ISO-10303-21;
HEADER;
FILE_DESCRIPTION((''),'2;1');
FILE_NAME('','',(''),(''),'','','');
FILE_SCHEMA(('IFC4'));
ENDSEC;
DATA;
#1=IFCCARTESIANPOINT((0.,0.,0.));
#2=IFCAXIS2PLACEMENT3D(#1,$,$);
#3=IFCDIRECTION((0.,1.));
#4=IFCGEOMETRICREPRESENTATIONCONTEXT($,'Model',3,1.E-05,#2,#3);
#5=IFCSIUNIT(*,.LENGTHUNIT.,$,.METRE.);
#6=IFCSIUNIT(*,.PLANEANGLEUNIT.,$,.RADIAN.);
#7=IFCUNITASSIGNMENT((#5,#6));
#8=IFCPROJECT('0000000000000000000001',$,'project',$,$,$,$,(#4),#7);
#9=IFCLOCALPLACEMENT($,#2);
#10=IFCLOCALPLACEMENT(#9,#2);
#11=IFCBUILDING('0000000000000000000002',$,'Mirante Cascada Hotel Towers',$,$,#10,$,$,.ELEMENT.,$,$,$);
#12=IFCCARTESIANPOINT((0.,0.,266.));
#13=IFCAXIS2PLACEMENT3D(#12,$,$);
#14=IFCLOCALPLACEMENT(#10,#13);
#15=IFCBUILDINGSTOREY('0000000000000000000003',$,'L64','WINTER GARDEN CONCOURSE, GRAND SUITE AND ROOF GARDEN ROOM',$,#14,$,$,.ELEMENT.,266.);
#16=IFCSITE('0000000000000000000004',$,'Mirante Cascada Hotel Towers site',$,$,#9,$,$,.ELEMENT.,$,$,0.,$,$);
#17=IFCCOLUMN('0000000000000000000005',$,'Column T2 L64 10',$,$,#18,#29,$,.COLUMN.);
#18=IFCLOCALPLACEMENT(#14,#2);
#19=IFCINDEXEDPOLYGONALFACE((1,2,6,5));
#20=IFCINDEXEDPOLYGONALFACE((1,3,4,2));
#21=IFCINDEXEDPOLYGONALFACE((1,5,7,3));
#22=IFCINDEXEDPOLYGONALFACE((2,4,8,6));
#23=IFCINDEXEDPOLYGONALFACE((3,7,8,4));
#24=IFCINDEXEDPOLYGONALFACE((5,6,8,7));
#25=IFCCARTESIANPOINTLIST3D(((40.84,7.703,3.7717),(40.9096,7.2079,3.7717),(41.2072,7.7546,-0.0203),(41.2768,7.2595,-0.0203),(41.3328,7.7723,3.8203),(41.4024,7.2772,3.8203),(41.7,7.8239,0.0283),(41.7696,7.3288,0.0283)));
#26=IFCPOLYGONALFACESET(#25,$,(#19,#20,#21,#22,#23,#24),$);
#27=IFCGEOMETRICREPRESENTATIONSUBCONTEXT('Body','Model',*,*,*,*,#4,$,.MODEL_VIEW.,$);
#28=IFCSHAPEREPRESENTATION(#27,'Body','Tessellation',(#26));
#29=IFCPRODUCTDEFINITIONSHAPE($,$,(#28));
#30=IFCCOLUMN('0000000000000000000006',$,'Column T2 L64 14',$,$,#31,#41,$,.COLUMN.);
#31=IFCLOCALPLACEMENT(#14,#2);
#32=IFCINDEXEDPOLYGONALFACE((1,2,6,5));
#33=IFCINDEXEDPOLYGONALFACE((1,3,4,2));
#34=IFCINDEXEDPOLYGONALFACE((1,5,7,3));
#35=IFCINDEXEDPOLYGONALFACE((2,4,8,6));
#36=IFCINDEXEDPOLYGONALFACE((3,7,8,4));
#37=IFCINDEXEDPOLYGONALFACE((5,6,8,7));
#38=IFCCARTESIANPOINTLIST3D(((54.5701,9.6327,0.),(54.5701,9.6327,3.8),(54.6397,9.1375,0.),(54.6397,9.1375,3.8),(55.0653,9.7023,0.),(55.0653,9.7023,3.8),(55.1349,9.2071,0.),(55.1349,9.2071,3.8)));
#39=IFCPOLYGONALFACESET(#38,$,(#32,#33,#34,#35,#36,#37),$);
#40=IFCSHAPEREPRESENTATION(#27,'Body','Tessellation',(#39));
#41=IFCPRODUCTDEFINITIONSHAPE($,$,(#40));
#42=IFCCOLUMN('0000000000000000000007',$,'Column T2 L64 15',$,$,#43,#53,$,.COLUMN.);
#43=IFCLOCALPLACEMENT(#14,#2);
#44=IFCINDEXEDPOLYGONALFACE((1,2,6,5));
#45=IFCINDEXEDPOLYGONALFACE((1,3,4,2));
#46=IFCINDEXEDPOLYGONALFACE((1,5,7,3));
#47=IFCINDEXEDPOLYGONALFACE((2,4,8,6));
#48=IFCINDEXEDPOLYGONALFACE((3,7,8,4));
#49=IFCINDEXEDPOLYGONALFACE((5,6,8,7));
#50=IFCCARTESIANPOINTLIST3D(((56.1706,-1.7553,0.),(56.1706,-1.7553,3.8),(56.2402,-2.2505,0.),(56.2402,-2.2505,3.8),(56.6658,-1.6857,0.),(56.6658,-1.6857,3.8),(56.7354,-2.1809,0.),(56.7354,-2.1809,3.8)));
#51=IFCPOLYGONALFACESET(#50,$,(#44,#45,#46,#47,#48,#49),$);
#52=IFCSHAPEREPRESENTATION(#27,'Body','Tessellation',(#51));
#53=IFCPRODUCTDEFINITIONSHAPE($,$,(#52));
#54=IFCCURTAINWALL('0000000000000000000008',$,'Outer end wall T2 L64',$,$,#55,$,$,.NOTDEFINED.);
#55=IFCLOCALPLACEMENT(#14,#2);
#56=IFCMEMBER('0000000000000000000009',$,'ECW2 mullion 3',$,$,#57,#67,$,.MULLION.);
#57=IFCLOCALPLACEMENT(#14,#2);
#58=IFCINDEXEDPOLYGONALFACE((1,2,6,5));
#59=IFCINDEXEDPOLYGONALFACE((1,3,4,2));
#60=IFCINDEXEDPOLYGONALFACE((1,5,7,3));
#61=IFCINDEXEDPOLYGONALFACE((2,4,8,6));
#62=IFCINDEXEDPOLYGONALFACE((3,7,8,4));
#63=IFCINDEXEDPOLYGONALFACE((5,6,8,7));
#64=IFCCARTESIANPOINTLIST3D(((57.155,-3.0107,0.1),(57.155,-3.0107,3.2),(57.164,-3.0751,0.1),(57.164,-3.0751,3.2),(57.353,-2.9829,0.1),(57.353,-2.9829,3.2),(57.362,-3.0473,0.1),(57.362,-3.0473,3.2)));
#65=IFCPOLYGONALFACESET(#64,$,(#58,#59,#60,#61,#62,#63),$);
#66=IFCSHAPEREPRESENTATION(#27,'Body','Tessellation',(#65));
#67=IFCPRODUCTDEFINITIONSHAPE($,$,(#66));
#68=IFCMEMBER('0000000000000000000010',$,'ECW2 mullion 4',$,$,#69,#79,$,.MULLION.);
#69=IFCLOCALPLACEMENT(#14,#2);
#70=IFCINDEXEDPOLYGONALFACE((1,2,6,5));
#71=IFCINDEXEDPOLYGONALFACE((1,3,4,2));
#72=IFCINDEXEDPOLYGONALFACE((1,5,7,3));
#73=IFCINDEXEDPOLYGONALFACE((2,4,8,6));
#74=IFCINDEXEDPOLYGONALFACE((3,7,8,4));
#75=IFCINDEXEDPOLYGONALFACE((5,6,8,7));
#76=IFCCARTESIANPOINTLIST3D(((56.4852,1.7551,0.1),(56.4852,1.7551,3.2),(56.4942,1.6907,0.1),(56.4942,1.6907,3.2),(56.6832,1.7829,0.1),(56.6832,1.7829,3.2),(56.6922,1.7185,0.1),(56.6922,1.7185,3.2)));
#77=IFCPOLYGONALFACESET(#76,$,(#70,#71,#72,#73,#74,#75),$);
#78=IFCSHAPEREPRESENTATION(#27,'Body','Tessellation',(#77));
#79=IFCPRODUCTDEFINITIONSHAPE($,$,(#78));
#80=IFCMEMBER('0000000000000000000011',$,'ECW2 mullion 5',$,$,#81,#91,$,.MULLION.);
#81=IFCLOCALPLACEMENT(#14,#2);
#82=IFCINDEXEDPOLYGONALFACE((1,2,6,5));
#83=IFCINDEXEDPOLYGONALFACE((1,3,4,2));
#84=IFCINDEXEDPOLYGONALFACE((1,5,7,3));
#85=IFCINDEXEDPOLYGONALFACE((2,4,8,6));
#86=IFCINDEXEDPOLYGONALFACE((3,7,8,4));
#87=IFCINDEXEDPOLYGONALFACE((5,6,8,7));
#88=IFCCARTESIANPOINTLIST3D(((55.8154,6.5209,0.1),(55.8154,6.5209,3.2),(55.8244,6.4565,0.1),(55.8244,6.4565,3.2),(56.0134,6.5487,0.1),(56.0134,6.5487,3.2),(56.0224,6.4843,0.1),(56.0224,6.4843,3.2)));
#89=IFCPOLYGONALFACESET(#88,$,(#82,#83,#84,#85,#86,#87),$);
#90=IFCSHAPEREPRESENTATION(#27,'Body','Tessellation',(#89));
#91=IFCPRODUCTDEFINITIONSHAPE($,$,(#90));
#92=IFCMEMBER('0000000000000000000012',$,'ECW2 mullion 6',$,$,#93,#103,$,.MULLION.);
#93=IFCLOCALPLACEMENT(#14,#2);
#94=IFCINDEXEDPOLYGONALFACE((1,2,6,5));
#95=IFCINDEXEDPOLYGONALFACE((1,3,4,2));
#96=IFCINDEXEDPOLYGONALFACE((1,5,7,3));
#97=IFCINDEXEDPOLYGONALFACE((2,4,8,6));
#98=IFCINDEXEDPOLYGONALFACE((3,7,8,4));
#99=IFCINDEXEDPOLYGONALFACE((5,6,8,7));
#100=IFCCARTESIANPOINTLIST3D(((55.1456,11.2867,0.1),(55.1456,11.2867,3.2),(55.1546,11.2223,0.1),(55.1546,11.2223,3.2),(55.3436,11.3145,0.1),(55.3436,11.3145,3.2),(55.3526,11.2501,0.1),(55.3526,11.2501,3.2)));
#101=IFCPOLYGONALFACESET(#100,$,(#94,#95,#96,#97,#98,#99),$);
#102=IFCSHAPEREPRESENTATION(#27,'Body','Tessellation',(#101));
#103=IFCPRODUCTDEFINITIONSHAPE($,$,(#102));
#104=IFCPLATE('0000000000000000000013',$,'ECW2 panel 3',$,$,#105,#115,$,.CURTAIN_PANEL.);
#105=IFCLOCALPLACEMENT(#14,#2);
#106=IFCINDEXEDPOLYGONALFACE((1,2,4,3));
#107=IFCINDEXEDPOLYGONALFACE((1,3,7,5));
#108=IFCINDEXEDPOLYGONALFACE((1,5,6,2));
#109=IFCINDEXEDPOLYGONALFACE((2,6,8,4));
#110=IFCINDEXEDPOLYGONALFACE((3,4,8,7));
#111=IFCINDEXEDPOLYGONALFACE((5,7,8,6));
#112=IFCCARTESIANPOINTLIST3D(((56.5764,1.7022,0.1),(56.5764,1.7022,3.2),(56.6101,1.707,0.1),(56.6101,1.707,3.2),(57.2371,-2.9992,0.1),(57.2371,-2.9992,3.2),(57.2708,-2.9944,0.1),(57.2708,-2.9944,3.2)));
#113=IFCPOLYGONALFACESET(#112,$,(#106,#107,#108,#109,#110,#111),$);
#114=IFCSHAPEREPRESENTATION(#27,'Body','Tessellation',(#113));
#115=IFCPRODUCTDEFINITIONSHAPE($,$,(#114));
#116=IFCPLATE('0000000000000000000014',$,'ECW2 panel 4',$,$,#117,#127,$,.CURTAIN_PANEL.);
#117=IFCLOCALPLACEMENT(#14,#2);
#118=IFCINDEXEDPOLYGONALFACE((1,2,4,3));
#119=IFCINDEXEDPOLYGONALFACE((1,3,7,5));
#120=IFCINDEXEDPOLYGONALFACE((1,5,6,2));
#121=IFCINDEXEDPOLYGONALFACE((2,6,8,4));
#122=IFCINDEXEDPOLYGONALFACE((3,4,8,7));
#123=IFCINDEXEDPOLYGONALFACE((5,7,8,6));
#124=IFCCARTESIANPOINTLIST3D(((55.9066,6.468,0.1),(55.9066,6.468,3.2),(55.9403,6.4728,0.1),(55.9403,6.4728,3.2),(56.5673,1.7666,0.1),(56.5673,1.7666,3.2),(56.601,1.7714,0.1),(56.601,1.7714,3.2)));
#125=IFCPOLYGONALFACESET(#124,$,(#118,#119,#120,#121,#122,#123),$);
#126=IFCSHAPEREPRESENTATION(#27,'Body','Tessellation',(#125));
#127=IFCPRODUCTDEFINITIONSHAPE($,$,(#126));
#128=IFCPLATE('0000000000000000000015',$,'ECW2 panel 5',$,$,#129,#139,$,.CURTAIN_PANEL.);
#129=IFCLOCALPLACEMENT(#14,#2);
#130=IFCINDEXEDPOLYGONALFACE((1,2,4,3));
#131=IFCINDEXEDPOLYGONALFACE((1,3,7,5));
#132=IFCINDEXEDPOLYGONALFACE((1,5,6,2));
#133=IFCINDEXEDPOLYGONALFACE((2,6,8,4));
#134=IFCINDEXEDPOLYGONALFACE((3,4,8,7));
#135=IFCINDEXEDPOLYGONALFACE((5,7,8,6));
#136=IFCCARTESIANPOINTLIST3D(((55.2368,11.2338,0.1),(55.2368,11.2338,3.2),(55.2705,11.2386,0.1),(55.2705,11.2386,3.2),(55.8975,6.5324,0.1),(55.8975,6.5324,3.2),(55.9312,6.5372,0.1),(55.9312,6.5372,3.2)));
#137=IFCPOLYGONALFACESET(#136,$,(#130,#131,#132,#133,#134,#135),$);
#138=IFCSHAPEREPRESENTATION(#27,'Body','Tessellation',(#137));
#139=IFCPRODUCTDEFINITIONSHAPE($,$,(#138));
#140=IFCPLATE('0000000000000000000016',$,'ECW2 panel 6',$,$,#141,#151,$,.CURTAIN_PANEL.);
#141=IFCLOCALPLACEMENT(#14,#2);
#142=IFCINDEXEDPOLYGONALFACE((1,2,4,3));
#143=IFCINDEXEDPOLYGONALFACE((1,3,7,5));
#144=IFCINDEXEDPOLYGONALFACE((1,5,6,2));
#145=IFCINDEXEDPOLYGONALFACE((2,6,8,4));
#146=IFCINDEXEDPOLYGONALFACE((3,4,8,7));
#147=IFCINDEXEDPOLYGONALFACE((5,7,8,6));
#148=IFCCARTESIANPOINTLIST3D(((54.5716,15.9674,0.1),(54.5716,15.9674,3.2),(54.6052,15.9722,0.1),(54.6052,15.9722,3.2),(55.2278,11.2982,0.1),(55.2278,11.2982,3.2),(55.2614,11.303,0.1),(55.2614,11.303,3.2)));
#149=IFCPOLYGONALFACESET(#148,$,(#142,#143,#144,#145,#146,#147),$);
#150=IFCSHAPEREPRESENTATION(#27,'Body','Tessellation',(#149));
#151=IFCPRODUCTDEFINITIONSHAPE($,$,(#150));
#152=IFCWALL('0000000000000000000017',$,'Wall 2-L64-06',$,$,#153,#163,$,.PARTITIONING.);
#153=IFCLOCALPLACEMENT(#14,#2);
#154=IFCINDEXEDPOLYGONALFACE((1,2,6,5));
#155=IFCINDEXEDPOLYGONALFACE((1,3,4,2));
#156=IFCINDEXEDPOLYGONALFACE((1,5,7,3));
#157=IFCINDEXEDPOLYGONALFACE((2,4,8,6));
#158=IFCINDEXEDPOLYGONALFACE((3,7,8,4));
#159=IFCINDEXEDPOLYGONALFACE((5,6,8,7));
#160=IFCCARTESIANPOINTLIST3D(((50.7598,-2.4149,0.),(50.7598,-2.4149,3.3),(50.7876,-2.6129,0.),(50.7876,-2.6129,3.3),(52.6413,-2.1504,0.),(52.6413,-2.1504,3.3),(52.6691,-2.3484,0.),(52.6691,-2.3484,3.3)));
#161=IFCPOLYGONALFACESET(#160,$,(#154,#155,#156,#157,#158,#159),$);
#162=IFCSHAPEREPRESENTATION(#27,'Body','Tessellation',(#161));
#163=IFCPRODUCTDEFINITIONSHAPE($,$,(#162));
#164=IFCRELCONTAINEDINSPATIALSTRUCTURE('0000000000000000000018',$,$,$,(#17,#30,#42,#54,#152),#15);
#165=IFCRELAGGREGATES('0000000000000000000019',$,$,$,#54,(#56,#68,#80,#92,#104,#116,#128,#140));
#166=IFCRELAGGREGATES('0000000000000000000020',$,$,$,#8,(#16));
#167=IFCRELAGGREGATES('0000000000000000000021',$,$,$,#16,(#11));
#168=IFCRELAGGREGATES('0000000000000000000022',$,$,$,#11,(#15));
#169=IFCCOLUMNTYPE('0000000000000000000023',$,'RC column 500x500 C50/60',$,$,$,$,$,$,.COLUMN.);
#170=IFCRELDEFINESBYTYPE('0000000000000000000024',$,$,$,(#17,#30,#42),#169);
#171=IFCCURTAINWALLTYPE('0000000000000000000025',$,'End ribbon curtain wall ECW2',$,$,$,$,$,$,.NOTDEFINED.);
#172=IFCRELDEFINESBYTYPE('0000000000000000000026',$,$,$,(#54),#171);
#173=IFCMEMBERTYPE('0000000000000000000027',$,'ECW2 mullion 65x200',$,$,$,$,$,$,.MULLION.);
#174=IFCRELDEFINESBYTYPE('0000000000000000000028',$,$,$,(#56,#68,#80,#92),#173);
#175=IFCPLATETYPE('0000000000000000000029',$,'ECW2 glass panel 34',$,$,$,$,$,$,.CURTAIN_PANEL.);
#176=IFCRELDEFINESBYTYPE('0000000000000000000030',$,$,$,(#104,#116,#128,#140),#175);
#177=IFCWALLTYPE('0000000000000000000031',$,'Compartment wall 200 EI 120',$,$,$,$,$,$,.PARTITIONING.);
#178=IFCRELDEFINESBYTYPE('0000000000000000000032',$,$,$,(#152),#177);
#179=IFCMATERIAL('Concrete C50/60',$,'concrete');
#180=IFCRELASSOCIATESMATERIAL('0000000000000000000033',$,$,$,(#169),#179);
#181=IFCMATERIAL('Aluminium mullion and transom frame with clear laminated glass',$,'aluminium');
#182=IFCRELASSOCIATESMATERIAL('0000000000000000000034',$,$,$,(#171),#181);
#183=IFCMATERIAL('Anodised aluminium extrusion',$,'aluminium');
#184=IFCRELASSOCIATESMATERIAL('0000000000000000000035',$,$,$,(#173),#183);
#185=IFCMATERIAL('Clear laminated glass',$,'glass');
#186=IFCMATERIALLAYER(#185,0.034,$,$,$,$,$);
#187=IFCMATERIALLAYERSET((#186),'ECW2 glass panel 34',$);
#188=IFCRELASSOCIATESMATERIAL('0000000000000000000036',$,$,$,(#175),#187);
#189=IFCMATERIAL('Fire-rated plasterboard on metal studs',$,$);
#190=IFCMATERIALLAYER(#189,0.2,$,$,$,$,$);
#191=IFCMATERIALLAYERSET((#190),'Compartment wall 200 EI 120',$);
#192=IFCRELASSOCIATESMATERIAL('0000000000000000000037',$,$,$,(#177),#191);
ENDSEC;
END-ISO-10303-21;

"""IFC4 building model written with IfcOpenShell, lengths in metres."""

from ifc_helpers import new_model, si_unit, direction, frame, frame_2d, origin, origin_2d, place, context, subcontext, project, spatial, rectangle, extrude, material, layer, layer_set, material_profile, profile_set, type_object, element, aggregate, save


model = new_model("IFC4")

# Units and contexts
model_context = context("Model", 3, precision=1e-05, world=origin(), true_north=direction((0.0, 1.0)))
body_context = subcontext(model_context, "Body", "Model", "MODEL_VIEW")
ifc_project = project(units=[si_unit("LENGTHUNIT", "METRE"), si_unit("PLANEANGLEUNIT", "RADIAN")], contexts=[model_context])

# Site, building, storey
site_placement = place(None, origin())
site = spatial("IfcSite", under=ifc_project, at=site_placement, Name="Mirante Cascada Hotel Towers site", CompositionType="ELEMENT", RefElevation=0.0)
building_placement = place(site_placement, origin())
building = spatial("IfcBuilding", under=site, at=building_placement, Name="Mirante Cascada Hotel Towers", CompositionType="ELEMENT")
storey_placement = place(building_placement, frame((0.0, 0.0, 266.0)))
storey = spatial("IfcBuildingStorey", under=building, at=storey_placement, Name="L64", Description="WINTER GARDEN CONCOURSE, GRAND SUITE AND ROOF GARDEN ROOM", CompositionType="ELEMENT", Elevation=266.0)

# Columns
ifc_material_1 = material(Name="Concrete C50/60", Category="concrete")
ifc_material_profile_1 = material_profile(ifc_material_1, rectangle(XDim=0.5, YDim=0.5, at=origin_2d()), Name="RC column 500x500 C50/60")
ifc_profile_set_1 = profile_set([ifc_material_profile_1], Name="Concrete C50/60")
column_type = type_object("IfcColumnType", Name="RC column 500x500 C50/60", PredefinedType="COLUMN", material=ifc_profile_set_1)
column_placement = place(storey_placement, frame((41.4884, 7.5417, 0.004), z_axis=(-0.096376, -0.013543, 0.995253), x_axis=(0.139156, -0.990271, 0.0)))
element("IfcColumn", 1, at=column_placement, inside=storey, type_object=column_type, Name="Column T2 L64 10", PredefinedType="COLUMN", context=body_context, shape_type="SweptSolid", body=[
    extrude(rectangle(XDim=0.5, YDim=0.5, at=origin_2d()), origin(), (0.0, 0.0, 1.0), 3.8101),
])
for number, where, z_axis, x_axis, name in (
    (2, (54.8525, 9.4199, 0.0), (0.0, 0.0, 1.0), (0.990268, 0.139173, 0.0), "Column T2 L64 14"),
    (3, (56.453, -1.9681, 0.0), (0.0, 0.0, 1.0), (0.990268, 0.139173, 0.0), "Column T2 L64 15"),
):
    element("IfcColumn", number, at=place(storey_placement, frame(where, z_axis=z_axis, x_axis=x_axis)), inside=storey, type_object=column_type, Name=name, PredefinedType="COLUMN", context=body_context, shape_type="SweptSolid", body=[
        extrude(rectangle(XDim=0.5, YDim=0.5, at=origin_2d()), origin(), (0.0, 0.0, 1.0), 3.8),
    ])

# Curtain wall, members, plates
ifc_material_2 = material(Name="Aluminium mullion and transom frame with clear laminated glass", Category="aluminium")
curtain_wall_type = type_object("IfcCurtainWallType", Name="End ribbon curtain wall ECW2", PredefinedType="NOTDEFINED", material=ifc_material_2)
curtain_wall_placement = place(storey_placement, origin())
curtain_wall = element("IfcCurtainWall", 4, at=curtain_wall_placement, inside=storey, type_object=curtain_wall_type, Name="Outer end wall T2 L64", PredefinedType="NOTDEFINED")
ifc_material_3 = material(Name="Anodised aluminium extrusion", Category="aluminium")
ifc_material_profile_2 = material_profile(ifc_material_3, rectangle(XDim=0.2, YDim=0.065, at=origin_2d()), Name="ECW2 MULLION 65x200")
ifc_profile_set_2 = profile_set([ifc_material_profile_2], Name="Anodised aluminium extrusion")
member_type = type_object("IfcMemberType", Name="ECW2 mullion 65x200", PredefinedType="MULLION", material=ifc_profile_set_2)
member_1_placement = place(storey_placement, frame((57.2585, -3.029, 0.1), z_axis=(0.0, 0.0, 1.0), x_axis=(-0.990268, -0.139173, 0.0)))
member_1 = element("IfcMember", 5, at=member_1_placement, type_object=member_type, Name="ECW2 mullion 3", PredefinedType="MULLION", context=body_context, shape_type="SweptSolid", body=[
    extrude(rectangle(XDim=0.2, YDim=0.065, at=origin_2d()), origin(), (0.0, 0.0, 1.0), 3.1),
])
member_2_placement = place(storey_placement, frame((56.5887, 1.7368, 0.1), z_axis=(0.0, 0.0, 1.0), x_axis=(-0.990268, -0.139173, 0.0)))
member_2 = element("IfcMember", 6, at=member_2_placement, type_object=member_type, Name="ECW2 mullion 4", PredefinedType="MULLION", context=body_context, shape_type="SweptSolid", body=[
    extrude(rectangle(XDim=0.2, YDim=0.065, at=origin_2d()), origin(), (0.0, 0.0, 1.0), 3.1),
])
member_3_placement = place(storey_placement, frame((55.9189, 6.5026, 0.1), z_axis=(0.0, 0.0, 1.0), x_axis=(-0.990268, -0.139173, 0.0)))
member_3 = element("IfcMember", 7, at=member_3_placement, type_object=member_type, Name="ECW2 mullion 5", PredefinedType="MULLION", context=body_context, shape_type="SweptSolid", body=[
    extrude(rectangle(XDim=0.2, YDim=0.065, at=origin_2d()), origin(), (0.0, 0.0, 1.0), 3.1),
])
member_4_placement = place(storey_placement, frame((55.2491, 11.2684, 0.1), z_axis=(0.0, 0.0, 1.0), x_axis=(-0.990268, -0.139173, 0.0)))
member_4 = element("IfcMember", 8, at=member_4_placement, type_object=member_type, Name="ECW2 mullion 6", PredefinedType="MULLION", context=body_context, shape_type="SweptSolid", body=[
    extrude(rectangle(XDim=0.2, YDim=0.065, at=origin_2d()), origin(), (0.0, 0.0, 1.0), 3.1),
])
ifc_material_4 = material(Name="Clear laminated glass", Category="glass")
ifc_layer_1 = layer(ifc_material_4, 0.034)
ifc_layer_set_1 = layer_set([ifc_layer_1], Name="ECW2 glass panel 34")
plate_type = type_object("IfcPlateType", Name="ECW2 glass panel 34", PredefinedType="CURTAIN_PANEL", material=ifc_layer_set_1)
plate_1_placement = place(storey_placement, frame((56.9236, -0.6461, 0.1), z_axis=(0.0, 0.0, 1.0), x_axis=(-0.139173, 0.990268, 0.0)))
plate_1 = element("IfcPlate", 9, at=plate_1_placement, type_object=plate_type, Name="ECW2 panel 3", PredefinedType="CURTAIN_PANEL", context=body_context, shape_type="SweptSolid", body=[
    extrude(rectangle(XDim=4.7476, YDim=0.034, at=origin_2d()), origin(), (0.0, 0.0, 1.0), 3.1),
])
plate_2_placement = place(storey_placement, frame((56.2538, 4.1197, 0.1), z_axis=(0.0, 0.0, 1.0), x_axis=(-0.139173, 0.990268, 0.0)))
plate_2 = element("IfcPlate", 10, at=plate_2_placement, type_object=plate_type, Name="ECW2 panel 4", PredefinedType="CURTAIN_PANEL", context=body_context, shape_type="SweptSolid", body=[
    extrude(rectangle(XDim=4.7476, YDim=0.034, at=origin_2d()), origin(), (0.0, 0.0, 1.0), 3.1),
])
plate_3_placement = place(storey_placement, frame((55.584, 8.8855, 0.1), z_axis=(0.0, 0.0, 1.0), x_axis=(-0.139173, 0.990268, 0.0)))
plate_3 = element("IfcPlate", 11, at=plate_3_placement, type_object=plate_type, Name="ECW2 panel 5", PredefinedType="CURTAIN_PANEL", context=body_context, shape_type="SweptSolid", body=[
    extrude(rectangle(XDim=4.7476, YDim=0.034, at=origin_2d()), origin(), (0.0, 0.0, 1.0), 3.1),
])
plate_4_placement = place(storey_placement, frame((54.9165, 13.6352, 0.1), z_axis=(0.0, 0.0, 1.0), x_axis=(-0.139173, 0.990268, 0.0)))
plate_4 = element("IfcPlate", 12, at=plate_4_placement, type_object=plate_type, Name="ECW2 panel 6", PredefinedType="CURTAIN_PANEL", context=body_context, shape_type="SweptSolid", body=[
    extrude(rectangle(XDim=4.7151, YDim=0.034, at=origin_2d()), origin(), (0.0, 0.0, 1.0), 3.1),
])
aggregate(curtain_wall, [member_1, member_2, member_3, member_4, plate_1, plate_2, plate_3, plate_4])

# Wall
ifc_material_5 = material(Name="Fire-rated plasterboard on metal studs")
ifc_layer_2 = layer(ifc_material_5, 0.2)
ifc_layer_set_2 = layer_set([ifc_layer_2], Name="Compartment wall 200 EI 120")
wall_type = type_object("IfcWallType", Name="Compartment wall 200 EI 120", PredefinedType="PARTITIONING", material=ifc_layer_set_2)
wall_1_placement = place(storey_placement, frame((52.6552, -2.2494, 0.0), z_axis=(0.0, 0.0, 1.0), x_axis=(-0.990263, -0.13921, 0.0)))
element("IfcWall", 13, at=wall_1_placement, inside=storey, type_object=wall_type, Name="Wall 2-L64-06", PredefinedType="PARTITIONING", context=body_context, shape_type="SweptSolid", body=[
    extrude(rectangle(XDim=1.9, YDim=0.2, at=frame_2d((0.95, 0.0))), origin(), (0.0, 0.0, 1.0), 3.3),
])

save(model, "model.ifc")
